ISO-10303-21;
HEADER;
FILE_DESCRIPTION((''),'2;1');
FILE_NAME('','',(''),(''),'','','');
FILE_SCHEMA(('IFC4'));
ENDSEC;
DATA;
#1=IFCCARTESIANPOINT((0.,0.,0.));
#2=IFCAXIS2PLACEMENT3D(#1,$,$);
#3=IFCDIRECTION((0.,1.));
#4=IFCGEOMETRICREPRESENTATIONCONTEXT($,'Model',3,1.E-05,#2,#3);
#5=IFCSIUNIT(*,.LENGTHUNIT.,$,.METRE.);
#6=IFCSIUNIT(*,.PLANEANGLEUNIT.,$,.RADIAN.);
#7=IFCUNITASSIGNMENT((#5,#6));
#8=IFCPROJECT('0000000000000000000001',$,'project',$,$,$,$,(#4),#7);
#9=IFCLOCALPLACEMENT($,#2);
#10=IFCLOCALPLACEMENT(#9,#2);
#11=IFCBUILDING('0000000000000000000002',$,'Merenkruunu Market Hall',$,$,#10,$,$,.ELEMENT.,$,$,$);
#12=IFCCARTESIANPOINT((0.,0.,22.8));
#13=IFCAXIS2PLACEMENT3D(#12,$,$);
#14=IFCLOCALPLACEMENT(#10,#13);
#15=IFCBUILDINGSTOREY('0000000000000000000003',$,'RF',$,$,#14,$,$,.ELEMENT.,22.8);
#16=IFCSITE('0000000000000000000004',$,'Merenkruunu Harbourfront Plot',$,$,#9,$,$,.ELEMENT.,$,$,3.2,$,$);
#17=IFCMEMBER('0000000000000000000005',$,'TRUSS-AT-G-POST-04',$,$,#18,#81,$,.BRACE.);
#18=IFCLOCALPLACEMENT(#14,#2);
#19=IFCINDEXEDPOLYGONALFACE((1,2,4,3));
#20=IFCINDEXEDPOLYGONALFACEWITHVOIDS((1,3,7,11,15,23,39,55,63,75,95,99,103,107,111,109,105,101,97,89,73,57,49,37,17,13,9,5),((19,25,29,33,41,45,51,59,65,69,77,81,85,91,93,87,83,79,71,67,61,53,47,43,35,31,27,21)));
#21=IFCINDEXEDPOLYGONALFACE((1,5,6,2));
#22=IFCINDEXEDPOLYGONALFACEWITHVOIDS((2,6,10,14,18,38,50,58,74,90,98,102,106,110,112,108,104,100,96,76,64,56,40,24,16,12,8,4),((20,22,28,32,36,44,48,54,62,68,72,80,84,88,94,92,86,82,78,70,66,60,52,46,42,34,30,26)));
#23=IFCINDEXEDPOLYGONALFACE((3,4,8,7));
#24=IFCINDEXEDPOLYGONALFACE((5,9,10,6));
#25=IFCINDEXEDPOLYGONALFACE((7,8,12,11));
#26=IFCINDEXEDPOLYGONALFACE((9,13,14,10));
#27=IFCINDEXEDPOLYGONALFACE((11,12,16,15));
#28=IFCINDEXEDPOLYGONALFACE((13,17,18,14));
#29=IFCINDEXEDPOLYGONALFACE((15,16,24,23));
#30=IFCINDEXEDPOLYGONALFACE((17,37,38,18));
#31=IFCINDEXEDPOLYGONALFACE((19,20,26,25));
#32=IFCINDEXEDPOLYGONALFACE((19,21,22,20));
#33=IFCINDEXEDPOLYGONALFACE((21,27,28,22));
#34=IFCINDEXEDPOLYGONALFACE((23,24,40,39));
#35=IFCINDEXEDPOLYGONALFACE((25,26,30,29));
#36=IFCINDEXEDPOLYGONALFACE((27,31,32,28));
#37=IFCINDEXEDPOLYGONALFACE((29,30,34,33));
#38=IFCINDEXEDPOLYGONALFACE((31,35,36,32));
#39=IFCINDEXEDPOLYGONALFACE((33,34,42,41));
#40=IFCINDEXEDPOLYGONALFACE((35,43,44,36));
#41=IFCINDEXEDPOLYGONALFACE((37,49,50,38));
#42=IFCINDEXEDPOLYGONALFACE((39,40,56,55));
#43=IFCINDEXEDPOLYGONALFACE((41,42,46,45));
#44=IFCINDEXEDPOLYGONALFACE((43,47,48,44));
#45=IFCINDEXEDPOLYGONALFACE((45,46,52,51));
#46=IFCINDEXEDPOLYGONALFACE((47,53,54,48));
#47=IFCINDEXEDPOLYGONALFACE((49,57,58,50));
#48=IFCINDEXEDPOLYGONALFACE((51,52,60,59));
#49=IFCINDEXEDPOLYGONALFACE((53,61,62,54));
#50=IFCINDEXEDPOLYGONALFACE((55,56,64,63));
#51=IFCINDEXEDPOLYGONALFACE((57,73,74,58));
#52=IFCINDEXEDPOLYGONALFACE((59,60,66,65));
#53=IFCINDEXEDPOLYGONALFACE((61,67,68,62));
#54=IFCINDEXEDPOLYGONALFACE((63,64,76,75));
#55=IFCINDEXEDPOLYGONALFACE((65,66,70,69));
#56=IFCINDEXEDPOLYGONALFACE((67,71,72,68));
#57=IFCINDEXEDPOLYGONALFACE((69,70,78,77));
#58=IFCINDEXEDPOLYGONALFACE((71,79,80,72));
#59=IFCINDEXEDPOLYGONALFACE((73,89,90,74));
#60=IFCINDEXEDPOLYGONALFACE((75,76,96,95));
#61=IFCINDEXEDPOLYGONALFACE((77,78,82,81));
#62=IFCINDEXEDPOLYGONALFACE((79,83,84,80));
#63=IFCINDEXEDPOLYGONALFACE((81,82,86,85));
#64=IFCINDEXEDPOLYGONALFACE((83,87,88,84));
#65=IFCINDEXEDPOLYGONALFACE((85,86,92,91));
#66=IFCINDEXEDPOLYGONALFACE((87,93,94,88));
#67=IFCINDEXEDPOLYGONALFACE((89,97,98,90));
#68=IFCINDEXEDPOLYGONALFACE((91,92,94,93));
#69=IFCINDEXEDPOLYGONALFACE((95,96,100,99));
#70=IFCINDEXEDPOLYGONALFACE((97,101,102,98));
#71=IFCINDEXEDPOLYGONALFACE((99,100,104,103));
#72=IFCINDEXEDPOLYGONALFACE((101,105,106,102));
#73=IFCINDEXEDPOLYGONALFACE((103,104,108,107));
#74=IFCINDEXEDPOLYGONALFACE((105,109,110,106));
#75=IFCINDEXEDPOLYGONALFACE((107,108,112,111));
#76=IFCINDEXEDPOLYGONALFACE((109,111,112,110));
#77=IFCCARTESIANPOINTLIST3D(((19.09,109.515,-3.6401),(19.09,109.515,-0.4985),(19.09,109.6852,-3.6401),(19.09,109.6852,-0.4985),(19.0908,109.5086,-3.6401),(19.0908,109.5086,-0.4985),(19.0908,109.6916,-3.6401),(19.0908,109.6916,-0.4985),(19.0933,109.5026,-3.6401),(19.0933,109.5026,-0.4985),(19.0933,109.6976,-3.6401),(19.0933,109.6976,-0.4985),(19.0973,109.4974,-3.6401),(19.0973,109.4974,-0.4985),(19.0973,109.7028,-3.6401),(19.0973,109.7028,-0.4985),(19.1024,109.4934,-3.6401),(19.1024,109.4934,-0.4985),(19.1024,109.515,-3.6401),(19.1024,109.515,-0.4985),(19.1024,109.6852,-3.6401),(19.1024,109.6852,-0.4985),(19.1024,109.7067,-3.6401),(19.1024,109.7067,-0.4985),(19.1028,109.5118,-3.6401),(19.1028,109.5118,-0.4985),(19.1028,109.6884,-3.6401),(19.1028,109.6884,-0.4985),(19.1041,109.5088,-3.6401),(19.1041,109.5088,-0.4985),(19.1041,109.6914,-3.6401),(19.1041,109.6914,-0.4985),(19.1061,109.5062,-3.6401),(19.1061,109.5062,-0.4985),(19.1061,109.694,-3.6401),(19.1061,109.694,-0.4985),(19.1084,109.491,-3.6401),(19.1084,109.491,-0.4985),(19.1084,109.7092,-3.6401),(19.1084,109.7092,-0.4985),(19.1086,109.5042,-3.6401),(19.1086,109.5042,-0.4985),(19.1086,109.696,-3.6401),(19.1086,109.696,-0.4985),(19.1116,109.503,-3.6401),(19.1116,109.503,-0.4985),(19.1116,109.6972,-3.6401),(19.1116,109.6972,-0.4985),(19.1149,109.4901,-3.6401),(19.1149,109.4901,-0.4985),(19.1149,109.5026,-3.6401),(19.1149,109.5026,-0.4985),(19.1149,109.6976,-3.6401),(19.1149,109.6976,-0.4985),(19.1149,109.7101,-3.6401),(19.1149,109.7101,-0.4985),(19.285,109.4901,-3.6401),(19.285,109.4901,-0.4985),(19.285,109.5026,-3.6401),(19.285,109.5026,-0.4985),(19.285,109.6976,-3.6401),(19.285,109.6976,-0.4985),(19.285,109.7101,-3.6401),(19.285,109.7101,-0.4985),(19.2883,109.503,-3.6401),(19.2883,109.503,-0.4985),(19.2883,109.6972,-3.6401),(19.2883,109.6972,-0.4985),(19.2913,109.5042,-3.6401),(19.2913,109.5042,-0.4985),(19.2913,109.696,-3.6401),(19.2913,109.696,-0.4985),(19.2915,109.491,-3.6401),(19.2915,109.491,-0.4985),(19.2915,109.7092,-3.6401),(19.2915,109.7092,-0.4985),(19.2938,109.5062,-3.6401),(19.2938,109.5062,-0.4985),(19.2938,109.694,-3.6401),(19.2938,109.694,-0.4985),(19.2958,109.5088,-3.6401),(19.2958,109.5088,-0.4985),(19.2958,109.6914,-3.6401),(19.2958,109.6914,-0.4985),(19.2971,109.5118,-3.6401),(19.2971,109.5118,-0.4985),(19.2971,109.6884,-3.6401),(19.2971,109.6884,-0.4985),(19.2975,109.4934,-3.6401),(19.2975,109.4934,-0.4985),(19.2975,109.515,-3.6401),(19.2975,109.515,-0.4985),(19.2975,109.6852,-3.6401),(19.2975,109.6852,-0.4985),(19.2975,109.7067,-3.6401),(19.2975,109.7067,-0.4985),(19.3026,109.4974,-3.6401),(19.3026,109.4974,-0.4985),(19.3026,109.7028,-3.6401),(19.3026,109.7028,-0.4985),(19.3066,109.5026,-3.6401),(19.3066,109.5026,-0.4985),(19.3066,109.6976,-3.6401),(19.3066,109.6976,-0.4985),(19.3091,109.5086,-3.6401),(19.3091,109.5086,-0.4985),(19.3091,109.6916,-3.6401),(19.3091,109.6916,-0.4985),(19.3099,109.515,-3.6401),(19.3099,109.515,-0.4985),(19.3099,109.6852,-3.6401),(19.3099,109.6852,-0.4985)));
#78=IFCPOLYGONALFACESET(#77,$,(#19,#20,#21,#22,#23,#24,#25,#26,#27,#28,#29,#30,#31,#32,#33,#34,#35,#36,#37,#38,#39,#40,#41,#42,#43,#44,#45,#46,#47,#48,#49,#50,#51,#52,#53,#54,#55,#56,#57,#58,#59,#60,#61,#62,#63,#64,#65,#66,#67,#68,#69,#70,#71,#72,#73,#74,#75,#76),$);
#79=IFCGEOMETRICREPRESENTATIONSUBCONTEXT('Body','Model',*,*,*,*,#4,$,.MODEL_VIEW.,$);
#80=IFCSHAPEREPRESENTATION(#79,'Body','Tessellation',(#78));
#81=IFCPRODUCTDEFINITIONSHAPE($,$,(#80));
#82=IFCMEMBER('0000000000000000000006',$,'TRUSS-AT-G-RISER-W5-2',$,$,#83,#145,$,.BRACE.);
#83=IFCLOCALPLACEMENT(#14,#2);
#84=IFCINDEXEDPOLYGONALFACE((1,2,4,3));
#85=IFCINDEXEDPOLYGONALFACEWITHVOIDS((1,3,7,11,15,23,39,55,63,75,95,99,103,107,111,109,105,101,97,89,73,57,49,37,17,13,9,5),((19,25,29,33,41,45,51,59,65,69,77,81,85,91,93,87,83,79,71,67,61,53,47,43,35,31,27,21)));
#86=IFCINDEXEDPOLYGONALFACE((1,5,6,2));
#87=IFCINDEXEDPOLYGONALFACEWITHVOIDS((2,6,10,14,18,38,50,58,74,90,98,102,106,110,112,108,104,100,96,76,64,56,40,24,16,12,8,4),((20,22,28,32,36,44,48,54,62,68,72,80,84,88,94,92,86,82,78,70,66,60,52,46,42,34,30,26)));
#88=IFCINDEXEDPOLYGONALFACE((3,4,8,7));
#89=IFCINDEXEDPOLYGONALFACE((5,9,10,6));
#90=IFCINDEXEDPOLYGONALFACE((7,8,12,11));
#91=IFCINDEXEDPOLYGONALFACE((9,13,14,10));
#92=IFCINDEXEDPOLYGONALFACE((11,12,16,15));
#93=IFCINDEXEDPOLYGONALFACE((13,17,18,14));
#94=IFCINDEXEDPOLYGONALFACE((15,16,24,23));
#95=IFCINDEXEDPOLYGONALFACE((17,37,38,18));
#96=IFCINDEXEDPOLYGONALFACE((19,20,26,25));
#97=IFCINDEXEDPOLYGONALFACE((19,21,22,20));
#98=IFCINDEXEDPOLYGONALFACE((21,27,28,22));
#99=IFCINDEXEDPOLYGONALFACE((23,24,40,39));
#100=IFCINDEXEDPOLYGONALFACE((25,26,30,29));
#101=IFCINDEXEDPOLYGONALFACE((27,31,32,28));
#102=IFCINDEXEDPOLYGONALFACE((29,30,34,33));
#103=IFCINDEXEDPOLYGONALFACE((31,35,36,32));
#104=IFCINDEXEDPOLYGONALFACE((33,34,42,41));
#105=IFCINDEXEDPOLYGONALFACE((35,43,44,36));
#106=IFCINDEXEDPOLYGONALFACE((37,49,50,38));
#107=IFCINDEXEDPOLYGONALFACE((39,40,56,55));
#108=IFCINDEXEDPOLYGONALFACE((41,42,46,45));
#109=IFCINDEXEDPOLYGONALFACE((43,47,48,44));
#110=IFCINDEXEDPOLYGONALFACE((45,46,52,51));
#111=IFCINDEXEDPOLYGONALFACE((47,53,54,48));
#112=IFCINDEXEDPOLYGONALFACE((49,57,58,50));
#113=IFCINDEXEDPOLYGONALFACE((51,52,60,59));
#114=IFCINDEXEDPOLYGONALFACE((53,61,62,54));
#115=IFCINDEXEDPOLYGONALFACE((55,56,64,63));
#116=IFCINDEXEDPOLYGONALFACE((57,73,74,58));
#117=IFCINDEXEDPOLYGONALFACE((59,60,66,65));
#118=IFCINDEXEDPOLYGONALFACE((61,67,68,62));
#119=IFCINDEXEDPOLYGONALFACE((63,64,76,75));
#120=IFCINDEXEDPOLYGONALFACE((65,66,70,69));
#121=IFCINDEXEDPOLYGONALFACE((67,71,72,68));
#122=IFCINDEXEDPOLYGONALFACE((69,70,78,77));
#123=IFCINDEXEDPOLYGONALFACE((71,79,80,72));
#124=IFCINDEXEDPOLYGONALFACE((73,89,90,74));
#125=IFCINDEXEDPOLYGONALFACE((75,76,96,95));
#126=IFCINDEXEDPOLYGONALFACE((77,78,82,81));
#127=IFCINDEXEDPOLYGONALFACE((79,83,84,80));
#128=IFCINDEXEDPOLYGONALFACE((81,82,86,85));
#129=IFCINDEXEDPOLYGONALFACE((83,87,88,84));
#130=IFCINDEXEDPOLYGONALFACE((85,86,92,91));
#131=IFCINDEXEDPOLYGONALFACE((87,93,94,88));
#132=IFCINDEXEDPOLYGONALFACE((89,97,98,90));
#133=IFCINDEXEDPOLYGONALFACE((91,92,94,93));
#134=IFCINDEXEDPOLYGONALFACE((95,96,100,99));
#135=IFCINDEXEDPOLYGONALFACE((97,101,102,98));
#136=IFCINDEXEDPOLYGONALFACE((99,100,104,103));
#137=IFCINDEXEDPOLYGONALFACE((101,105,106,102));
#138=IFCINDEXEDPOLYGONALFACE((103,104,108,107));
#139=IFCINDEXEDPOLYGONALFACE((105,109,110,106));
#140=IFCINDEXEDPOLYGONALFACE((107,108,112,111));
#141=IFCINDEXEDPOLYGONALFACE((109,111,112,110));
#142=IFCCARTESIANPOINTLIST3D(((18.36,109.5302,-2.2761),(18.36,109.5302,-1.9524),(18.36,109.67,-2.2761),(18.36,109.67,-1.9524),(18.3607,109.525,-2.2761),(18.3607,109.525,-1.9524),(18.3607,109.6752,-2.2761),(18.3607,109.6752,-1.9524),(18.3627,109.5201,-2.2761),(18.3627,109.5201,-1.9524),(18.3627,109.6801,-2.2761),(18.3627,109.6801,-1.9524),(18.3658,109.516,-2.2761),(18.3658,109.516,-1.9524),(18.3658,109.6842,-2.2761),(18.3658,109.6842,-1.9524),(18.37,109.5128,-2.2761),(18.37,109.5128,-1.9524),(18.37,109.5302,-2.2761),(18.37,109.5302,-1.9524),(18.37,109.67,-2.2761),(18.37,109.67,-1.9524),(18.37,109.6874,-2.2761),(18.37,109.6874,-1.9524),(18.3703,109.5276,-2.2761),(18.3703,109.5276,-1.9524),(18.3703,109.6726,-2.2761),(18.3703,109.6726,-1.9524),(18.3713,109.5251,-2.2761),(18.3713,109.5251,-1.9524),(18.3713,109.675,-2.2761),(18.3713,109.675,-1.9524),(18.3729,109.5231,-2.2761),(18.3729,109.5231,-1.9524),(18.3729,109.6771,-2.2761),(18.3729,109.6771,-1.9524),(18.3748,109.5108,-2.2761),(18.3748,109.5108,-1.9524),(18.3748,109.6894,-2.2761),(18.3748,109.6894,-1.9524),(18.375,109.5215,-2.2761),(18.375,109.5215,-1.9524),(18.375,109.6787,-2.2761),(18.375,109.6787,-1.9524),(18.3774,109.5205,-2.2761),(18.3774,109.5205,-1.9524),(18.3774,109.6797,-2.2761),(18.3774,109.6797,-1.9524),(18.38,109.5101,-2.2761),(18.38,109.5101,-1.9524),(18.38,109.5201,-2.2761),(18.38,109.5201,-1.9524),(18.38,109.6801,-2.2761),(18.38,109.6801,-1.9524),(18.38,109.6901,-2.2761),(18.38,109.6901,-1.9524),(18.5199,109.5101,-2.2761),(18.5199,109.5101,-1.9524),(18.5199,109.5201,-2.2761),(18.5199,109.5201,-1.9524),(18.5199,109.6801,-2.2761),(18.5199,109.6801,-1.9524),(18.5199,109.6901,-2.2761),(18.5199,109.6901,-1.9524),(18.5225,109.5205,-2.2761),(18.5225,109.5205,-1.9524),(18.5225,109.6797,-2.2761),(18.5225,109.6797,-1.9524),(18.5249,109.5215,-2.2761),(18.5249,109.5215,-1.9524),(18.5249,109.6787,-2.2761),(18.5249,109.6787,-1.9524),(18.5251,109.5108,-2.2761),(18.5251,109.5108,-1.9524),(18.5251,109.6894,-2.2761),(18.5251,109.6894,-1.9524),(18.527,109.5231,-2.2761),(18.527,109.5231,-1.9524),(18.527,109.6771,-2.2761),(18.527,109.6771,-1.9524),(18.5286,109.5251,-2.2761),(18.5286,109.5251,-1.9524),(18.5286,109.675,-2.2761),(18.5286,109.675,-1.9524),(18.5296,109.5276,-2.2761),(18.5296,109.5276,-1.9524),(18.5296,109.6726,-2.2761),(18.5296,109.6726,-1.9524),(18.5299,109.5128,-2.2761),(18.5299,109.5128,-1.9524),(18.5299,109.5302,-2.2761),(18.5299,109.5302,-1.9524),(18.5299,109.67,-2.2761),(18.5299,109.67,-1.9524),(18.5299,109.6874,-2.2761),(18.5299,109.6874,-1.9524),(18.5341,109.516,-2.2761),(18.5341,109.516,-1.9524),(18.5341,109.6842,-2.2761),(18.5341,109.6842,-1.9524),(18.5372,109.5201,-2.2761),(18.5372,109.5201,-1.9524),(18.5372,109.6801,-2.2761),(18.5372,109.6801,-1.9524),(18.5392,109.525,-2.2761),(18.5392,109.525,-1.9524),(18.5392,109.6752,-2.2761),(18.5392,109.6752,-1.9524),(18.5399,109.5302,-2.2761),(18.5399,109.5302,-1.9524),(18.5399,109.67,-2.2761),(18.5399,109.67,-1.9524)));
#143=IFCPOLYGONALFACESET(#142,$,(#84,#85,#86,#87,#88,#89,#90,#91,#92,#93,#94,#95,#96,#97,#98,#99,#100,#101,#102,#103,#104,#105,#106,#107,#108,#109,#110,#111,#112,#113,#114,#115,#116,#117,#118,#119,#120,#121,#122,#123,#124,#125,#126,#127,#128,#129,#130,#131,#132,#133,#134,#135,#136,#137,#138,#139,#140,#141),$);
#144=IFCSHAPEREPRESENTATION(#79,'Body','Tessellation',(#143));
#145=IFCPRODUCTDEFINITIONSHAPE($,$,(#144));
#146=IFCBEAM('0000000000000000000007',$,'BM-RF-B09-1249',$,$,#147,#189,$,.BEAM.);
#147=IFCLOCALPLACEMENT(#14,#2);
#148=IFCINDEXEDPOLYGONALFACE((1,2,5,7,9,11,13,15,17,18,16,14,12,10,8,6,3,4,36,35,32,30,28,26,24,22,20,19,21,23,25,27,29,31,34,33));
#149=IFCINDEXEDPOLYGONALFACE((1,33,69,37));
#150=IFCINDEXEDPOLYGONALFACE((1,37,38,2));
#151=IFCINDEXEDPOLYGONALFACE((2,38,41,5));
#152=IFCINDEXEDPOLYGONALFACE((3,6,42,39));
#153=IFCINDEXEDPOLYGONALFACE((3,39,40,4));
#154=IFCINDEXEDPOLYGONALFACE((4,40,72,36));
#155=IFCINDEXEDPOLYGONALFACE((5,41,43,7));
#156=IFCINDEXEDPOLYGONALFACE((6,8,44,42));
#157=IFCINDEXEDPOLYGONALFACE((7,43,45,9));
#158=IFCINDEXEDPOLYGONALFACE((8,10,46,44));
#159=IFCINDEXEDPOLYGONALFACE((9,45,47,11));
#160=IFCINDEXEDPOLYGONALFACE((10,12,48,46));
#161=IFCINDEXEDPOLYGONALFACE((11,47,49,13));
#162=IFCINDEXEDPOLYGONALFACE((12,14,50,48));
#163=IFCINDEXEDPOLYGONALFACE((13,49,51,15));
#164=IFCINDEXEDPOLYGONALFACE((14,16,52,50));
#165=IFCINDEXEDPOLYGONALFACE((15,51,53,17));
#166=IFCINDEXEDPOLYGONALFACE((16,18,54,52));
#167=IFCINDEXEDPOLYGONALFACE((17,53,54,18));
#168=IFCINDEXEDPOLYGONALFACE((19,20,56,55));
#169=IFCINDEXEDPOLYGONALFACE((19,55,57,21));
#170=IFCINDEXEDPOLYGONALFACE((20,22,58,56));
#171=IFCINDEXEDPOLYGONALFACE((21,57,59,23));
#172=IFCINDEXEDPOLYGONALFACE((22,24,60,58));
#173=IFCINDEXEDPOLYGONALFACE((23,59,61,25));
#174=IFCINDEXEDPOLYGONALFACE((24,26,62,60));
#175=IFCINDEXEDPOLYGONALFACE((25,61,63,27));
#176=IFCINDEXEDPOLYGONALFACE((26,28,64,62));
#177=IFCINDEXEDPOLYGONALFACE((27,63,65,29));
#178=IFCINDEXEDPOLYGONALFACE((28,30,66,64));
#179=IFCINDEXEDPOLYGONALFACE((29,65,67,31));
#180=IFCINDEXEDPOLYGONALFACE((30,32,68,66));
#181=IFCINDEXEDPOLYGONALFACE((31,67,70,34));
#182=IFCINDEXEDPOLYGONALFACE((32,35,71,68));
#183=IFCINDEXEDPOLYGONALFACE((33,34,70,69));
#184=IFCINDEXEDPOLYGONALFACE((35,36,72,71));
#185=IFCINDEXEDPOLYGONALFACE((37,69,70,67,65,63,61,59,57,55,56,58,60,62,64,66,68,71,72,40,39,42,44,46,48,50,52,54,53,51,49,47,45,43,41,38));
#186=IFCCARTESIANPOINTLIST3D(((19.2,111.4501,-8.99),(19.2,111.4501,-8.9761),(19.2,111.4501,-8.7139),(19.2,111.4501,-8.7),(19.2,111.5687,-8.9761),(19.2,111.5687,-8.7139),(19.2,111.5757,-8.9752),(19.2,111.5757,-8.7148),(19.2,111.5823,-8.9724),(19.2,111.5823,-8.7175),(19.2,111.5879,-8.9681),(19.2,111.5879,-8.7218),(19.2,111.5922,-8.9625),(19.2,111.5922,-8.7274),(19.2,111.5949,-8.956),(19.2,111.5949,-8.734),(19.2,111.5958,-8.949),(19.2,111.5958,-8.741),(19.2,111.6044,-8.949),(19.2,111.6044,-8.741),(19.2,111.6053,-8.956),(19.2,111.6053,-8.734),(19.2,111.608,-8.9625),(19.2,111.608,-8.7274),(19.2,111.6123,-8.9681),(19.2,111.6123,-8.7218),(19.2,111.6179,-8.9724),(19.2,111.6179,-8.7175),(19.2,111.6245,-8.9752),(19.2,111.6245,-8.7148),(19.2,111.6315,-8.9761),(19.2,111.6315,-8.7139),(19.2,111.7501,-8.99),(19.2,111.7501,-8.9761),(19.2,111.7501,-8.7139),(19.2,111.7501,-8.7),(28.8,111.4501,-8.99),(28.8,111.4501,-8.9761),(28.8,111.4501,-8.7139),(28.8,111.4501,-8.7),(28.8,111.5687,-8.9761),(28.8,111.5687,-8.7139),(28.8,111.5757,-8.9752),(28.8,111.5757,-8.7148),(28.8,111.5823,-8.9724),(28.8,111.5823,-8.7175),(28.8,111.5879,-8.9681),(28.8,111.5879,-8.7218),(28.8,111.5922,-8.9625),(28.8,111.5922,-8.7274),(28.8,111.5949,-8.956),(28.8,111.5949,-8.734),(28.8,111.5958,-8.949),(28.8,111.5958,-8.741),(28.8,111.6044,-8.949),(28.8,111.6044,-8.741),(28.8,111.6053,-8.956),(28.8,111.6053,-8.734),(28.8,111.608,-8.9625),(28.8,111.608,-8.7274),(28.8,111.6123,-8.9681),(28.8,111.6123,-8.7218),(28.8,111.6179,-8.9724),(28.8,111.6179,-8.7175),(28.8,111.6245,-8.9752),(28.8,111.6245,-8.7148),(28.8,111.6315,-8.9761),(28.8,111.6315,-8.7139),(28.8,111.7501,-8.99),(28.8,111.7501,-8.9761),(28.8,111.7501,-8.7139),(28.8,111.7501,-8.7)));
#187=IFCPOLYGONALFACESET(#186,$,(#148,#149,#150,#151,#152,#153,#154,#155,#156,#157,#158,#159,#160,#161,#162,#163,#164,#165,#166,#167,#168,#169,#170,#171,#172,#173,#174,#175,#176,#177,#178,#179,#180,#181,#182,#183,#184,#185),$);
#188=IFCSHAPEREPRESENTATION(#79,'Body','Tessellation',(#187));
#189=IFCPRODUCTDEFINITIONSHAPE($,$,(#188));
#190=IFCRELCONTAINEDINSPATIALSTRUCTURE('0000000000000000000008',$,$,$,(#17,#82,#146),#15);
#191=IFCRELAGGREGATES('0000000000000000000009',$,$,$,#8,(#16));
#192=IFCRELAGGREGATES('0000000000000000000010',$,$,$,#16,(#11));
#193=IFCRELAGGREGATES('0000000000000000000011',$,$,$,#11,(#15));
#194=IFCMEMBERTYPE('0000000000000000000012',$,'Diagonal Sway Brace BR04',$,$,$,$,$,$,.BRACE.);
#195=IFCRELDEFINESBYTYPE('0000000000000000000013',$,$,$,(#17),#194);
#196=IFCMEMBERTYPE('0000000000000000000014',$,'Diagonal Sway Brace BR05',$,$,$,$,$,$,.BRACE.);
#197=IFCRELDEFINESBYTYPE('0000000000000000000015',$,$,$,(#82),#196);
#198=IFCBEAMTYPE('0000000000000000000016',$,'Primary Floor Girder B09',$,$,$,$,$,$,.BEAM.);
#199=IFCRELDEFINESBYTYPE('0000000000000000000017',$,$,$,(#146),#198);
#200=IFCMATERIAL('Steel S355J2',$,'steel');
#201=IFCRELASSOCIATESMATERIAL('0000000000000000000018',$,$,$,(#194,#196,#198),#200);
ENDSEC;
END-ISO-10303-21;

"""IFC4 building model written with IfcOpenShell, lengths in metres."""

from ifc_helpers import new_model, si_unit, direction, frame, origin, origin_2d, place, context, subcontext, project, spatial, hollow_rectangle, i_section, extrude, material, material_profile, profile_set, type_object, element, save


model = new_model("IFC4")

# Units and contexts
model_context = context("Model", 3, precision=1e-05, world=origin(), true_north=direction((0.0, 1.0)))
body_context = subcontext(model_context, "Body", "Model", "MODEL_VIEW")
ifc_project = project(units=[si_unit("LENGTHUNIT", "METRE"), si_unit("PLANEANGLEUNIT", "RADIAN")], contexts=[model_context])

# Site, building, storey
site_placement = place(None, origin())
site = spatial("IfcSite", under=ifc_project, at=site_placement, Name="Merenkruunu Harbourfront Plot", CompositionType="ELEMENT", RefElevation=3.2)
building_placement = place(site_placement, origin())
building = spatial("IfcBuilding", under=site, at=building_placement, Name="Merenkruunu Market Hall", CompositionType="ELEMENT")
storey_placement = place(building_placement, frame((0.0, 0.0, 22.8)))
storey = spatial("IfcBuildingStorey", under=building, at=storey_placement, Name="RF", CompositionType="ELEMENT", Elevation=22.8)

# Members
ifc_material_1 = material(Name="Steel S355J2", Category="steel")
ifc_material_profile_1 = material_profile(ifc_material_1, hollow_rectangle(XDim=0.22, YDim=0.22, WallThickness=0.0125, InnerFilletRadius=0.0125, OuterFilletRadius=0.0249, at=origin_2d()), Name="SHS 220x220x12.5")
ifc_profile_set_1 = profile_set([ifc_material_profile_1], Name="Steel S355J2")
member_type_1 = type_object("IfcMemberType", Name="Diagonal Sway Brace BR04", PredefinedType="BRACE", material=ifc_profile_set_1)
member_1_placement = place(storey_placement, frame((19.2, 109.6001, -3.6401), z_axis=(0.0, 0.0, 1.0), x_axis=(1.0, 0.0, 0.0)))
element("IfcMember", 1, at=member_1_placement, inside=storey, type_object=member_type_1, Name="TRUSS-AT-G-POST-04", PredefinedType="BRACE", context=body_context, shape_type="SweptSolid", body=[
    extrude(hollow_rectangle(XDim=0.22, YDim=0.22, WallThickness=0.0125, InnerFilletRadius=0.0125, OuterFilletRadius=0.0249, at=origin_2d()), origin(), (0.0, 0.0, 1.0), 3.1416),
])
ifc_material_profile_2 = material_profile(ifc_material_1, hollow_rectangle(XDim=0.1799, YDim=0.1799, WallThickness=0.01, InnerFilletRadius=0.01, OuterFilletRadius=0.02, at=origin_2d()), Name="SHS 180x180x10")
ifc_profile_set_2 = profile_set([ifc_material_profile_2], Name="Steel S355J2")
member_type_2 = type_object("IfcMemberType", Name="Diagonal Sway Brace BR05", PredefinedType="BRACE", material=ifc_profile_set_2)
member_2_placement = place(storey_placement, frame((18.45, 109.6001, -2.2761), z_axis=(0.0, 0.0, 1.0), x_axis=(1.0, 0.0, 0.0)))
element("IfcMember", 2, at=member_2_placement, inside=storey, type_object=member_type_2, Name="TRUSS-AT-G-RISER-W5-2", PredefinedType="BRACE", context=body_context, shape_type="SweptSolid", body=[
    extrude(hollow_rectangle(XDim=0.1799, YDim=0.1799, WallThickness=0.01, InnerFilletRadius=0.01, OuterFilletRadius=0.02, at=origin_2d()), origin(), (0.0, 0.0, 1.0), 0.3237),
])

# Beam
ifc_material_profile_3 = material_profile(ifc_material_1, i_section(OverallWidth=0.3, OverallDepth=0.29, WebThickness=0.0085, FlangeThickness=0.0139, FilletRadius=0.0271, at=origin_2d()), Name="HEA 300")
ifc_profile_set_3 = profile_set([ifc_material_profile_3], Name="Steel S355J2")
beam_type = type_object("IfcBeamType", Name="Primary Floor Girder B09", PredefinedType="BEAM", material=ifc_profile_set_3)
beam_placement = place(storey_placement, frame((19.2, 111.6001, -8.845), z_axis=(1.0, 0.0, 0.0), x_axis=(0.0, 1.0, 0.0)))
element("IfcBeam", 3, at=beam_placement, inside=storey, type_object=beam_type, Name="BM-RF-B09-1249", PredefinedType="BEAM", context=body_context, shape_type="SweptSolid", body=[
    extrude(i_section(OverallWidth=0.3, OverallDepth=0.29, WebThickness=0.0085, FlangeThickness=0.0139, FilletRadius=0.0271, at=origin_2d()), origin(), (0.0, 0.0, 1.0), 9.6001),
])

save(model, "model.ifc")
